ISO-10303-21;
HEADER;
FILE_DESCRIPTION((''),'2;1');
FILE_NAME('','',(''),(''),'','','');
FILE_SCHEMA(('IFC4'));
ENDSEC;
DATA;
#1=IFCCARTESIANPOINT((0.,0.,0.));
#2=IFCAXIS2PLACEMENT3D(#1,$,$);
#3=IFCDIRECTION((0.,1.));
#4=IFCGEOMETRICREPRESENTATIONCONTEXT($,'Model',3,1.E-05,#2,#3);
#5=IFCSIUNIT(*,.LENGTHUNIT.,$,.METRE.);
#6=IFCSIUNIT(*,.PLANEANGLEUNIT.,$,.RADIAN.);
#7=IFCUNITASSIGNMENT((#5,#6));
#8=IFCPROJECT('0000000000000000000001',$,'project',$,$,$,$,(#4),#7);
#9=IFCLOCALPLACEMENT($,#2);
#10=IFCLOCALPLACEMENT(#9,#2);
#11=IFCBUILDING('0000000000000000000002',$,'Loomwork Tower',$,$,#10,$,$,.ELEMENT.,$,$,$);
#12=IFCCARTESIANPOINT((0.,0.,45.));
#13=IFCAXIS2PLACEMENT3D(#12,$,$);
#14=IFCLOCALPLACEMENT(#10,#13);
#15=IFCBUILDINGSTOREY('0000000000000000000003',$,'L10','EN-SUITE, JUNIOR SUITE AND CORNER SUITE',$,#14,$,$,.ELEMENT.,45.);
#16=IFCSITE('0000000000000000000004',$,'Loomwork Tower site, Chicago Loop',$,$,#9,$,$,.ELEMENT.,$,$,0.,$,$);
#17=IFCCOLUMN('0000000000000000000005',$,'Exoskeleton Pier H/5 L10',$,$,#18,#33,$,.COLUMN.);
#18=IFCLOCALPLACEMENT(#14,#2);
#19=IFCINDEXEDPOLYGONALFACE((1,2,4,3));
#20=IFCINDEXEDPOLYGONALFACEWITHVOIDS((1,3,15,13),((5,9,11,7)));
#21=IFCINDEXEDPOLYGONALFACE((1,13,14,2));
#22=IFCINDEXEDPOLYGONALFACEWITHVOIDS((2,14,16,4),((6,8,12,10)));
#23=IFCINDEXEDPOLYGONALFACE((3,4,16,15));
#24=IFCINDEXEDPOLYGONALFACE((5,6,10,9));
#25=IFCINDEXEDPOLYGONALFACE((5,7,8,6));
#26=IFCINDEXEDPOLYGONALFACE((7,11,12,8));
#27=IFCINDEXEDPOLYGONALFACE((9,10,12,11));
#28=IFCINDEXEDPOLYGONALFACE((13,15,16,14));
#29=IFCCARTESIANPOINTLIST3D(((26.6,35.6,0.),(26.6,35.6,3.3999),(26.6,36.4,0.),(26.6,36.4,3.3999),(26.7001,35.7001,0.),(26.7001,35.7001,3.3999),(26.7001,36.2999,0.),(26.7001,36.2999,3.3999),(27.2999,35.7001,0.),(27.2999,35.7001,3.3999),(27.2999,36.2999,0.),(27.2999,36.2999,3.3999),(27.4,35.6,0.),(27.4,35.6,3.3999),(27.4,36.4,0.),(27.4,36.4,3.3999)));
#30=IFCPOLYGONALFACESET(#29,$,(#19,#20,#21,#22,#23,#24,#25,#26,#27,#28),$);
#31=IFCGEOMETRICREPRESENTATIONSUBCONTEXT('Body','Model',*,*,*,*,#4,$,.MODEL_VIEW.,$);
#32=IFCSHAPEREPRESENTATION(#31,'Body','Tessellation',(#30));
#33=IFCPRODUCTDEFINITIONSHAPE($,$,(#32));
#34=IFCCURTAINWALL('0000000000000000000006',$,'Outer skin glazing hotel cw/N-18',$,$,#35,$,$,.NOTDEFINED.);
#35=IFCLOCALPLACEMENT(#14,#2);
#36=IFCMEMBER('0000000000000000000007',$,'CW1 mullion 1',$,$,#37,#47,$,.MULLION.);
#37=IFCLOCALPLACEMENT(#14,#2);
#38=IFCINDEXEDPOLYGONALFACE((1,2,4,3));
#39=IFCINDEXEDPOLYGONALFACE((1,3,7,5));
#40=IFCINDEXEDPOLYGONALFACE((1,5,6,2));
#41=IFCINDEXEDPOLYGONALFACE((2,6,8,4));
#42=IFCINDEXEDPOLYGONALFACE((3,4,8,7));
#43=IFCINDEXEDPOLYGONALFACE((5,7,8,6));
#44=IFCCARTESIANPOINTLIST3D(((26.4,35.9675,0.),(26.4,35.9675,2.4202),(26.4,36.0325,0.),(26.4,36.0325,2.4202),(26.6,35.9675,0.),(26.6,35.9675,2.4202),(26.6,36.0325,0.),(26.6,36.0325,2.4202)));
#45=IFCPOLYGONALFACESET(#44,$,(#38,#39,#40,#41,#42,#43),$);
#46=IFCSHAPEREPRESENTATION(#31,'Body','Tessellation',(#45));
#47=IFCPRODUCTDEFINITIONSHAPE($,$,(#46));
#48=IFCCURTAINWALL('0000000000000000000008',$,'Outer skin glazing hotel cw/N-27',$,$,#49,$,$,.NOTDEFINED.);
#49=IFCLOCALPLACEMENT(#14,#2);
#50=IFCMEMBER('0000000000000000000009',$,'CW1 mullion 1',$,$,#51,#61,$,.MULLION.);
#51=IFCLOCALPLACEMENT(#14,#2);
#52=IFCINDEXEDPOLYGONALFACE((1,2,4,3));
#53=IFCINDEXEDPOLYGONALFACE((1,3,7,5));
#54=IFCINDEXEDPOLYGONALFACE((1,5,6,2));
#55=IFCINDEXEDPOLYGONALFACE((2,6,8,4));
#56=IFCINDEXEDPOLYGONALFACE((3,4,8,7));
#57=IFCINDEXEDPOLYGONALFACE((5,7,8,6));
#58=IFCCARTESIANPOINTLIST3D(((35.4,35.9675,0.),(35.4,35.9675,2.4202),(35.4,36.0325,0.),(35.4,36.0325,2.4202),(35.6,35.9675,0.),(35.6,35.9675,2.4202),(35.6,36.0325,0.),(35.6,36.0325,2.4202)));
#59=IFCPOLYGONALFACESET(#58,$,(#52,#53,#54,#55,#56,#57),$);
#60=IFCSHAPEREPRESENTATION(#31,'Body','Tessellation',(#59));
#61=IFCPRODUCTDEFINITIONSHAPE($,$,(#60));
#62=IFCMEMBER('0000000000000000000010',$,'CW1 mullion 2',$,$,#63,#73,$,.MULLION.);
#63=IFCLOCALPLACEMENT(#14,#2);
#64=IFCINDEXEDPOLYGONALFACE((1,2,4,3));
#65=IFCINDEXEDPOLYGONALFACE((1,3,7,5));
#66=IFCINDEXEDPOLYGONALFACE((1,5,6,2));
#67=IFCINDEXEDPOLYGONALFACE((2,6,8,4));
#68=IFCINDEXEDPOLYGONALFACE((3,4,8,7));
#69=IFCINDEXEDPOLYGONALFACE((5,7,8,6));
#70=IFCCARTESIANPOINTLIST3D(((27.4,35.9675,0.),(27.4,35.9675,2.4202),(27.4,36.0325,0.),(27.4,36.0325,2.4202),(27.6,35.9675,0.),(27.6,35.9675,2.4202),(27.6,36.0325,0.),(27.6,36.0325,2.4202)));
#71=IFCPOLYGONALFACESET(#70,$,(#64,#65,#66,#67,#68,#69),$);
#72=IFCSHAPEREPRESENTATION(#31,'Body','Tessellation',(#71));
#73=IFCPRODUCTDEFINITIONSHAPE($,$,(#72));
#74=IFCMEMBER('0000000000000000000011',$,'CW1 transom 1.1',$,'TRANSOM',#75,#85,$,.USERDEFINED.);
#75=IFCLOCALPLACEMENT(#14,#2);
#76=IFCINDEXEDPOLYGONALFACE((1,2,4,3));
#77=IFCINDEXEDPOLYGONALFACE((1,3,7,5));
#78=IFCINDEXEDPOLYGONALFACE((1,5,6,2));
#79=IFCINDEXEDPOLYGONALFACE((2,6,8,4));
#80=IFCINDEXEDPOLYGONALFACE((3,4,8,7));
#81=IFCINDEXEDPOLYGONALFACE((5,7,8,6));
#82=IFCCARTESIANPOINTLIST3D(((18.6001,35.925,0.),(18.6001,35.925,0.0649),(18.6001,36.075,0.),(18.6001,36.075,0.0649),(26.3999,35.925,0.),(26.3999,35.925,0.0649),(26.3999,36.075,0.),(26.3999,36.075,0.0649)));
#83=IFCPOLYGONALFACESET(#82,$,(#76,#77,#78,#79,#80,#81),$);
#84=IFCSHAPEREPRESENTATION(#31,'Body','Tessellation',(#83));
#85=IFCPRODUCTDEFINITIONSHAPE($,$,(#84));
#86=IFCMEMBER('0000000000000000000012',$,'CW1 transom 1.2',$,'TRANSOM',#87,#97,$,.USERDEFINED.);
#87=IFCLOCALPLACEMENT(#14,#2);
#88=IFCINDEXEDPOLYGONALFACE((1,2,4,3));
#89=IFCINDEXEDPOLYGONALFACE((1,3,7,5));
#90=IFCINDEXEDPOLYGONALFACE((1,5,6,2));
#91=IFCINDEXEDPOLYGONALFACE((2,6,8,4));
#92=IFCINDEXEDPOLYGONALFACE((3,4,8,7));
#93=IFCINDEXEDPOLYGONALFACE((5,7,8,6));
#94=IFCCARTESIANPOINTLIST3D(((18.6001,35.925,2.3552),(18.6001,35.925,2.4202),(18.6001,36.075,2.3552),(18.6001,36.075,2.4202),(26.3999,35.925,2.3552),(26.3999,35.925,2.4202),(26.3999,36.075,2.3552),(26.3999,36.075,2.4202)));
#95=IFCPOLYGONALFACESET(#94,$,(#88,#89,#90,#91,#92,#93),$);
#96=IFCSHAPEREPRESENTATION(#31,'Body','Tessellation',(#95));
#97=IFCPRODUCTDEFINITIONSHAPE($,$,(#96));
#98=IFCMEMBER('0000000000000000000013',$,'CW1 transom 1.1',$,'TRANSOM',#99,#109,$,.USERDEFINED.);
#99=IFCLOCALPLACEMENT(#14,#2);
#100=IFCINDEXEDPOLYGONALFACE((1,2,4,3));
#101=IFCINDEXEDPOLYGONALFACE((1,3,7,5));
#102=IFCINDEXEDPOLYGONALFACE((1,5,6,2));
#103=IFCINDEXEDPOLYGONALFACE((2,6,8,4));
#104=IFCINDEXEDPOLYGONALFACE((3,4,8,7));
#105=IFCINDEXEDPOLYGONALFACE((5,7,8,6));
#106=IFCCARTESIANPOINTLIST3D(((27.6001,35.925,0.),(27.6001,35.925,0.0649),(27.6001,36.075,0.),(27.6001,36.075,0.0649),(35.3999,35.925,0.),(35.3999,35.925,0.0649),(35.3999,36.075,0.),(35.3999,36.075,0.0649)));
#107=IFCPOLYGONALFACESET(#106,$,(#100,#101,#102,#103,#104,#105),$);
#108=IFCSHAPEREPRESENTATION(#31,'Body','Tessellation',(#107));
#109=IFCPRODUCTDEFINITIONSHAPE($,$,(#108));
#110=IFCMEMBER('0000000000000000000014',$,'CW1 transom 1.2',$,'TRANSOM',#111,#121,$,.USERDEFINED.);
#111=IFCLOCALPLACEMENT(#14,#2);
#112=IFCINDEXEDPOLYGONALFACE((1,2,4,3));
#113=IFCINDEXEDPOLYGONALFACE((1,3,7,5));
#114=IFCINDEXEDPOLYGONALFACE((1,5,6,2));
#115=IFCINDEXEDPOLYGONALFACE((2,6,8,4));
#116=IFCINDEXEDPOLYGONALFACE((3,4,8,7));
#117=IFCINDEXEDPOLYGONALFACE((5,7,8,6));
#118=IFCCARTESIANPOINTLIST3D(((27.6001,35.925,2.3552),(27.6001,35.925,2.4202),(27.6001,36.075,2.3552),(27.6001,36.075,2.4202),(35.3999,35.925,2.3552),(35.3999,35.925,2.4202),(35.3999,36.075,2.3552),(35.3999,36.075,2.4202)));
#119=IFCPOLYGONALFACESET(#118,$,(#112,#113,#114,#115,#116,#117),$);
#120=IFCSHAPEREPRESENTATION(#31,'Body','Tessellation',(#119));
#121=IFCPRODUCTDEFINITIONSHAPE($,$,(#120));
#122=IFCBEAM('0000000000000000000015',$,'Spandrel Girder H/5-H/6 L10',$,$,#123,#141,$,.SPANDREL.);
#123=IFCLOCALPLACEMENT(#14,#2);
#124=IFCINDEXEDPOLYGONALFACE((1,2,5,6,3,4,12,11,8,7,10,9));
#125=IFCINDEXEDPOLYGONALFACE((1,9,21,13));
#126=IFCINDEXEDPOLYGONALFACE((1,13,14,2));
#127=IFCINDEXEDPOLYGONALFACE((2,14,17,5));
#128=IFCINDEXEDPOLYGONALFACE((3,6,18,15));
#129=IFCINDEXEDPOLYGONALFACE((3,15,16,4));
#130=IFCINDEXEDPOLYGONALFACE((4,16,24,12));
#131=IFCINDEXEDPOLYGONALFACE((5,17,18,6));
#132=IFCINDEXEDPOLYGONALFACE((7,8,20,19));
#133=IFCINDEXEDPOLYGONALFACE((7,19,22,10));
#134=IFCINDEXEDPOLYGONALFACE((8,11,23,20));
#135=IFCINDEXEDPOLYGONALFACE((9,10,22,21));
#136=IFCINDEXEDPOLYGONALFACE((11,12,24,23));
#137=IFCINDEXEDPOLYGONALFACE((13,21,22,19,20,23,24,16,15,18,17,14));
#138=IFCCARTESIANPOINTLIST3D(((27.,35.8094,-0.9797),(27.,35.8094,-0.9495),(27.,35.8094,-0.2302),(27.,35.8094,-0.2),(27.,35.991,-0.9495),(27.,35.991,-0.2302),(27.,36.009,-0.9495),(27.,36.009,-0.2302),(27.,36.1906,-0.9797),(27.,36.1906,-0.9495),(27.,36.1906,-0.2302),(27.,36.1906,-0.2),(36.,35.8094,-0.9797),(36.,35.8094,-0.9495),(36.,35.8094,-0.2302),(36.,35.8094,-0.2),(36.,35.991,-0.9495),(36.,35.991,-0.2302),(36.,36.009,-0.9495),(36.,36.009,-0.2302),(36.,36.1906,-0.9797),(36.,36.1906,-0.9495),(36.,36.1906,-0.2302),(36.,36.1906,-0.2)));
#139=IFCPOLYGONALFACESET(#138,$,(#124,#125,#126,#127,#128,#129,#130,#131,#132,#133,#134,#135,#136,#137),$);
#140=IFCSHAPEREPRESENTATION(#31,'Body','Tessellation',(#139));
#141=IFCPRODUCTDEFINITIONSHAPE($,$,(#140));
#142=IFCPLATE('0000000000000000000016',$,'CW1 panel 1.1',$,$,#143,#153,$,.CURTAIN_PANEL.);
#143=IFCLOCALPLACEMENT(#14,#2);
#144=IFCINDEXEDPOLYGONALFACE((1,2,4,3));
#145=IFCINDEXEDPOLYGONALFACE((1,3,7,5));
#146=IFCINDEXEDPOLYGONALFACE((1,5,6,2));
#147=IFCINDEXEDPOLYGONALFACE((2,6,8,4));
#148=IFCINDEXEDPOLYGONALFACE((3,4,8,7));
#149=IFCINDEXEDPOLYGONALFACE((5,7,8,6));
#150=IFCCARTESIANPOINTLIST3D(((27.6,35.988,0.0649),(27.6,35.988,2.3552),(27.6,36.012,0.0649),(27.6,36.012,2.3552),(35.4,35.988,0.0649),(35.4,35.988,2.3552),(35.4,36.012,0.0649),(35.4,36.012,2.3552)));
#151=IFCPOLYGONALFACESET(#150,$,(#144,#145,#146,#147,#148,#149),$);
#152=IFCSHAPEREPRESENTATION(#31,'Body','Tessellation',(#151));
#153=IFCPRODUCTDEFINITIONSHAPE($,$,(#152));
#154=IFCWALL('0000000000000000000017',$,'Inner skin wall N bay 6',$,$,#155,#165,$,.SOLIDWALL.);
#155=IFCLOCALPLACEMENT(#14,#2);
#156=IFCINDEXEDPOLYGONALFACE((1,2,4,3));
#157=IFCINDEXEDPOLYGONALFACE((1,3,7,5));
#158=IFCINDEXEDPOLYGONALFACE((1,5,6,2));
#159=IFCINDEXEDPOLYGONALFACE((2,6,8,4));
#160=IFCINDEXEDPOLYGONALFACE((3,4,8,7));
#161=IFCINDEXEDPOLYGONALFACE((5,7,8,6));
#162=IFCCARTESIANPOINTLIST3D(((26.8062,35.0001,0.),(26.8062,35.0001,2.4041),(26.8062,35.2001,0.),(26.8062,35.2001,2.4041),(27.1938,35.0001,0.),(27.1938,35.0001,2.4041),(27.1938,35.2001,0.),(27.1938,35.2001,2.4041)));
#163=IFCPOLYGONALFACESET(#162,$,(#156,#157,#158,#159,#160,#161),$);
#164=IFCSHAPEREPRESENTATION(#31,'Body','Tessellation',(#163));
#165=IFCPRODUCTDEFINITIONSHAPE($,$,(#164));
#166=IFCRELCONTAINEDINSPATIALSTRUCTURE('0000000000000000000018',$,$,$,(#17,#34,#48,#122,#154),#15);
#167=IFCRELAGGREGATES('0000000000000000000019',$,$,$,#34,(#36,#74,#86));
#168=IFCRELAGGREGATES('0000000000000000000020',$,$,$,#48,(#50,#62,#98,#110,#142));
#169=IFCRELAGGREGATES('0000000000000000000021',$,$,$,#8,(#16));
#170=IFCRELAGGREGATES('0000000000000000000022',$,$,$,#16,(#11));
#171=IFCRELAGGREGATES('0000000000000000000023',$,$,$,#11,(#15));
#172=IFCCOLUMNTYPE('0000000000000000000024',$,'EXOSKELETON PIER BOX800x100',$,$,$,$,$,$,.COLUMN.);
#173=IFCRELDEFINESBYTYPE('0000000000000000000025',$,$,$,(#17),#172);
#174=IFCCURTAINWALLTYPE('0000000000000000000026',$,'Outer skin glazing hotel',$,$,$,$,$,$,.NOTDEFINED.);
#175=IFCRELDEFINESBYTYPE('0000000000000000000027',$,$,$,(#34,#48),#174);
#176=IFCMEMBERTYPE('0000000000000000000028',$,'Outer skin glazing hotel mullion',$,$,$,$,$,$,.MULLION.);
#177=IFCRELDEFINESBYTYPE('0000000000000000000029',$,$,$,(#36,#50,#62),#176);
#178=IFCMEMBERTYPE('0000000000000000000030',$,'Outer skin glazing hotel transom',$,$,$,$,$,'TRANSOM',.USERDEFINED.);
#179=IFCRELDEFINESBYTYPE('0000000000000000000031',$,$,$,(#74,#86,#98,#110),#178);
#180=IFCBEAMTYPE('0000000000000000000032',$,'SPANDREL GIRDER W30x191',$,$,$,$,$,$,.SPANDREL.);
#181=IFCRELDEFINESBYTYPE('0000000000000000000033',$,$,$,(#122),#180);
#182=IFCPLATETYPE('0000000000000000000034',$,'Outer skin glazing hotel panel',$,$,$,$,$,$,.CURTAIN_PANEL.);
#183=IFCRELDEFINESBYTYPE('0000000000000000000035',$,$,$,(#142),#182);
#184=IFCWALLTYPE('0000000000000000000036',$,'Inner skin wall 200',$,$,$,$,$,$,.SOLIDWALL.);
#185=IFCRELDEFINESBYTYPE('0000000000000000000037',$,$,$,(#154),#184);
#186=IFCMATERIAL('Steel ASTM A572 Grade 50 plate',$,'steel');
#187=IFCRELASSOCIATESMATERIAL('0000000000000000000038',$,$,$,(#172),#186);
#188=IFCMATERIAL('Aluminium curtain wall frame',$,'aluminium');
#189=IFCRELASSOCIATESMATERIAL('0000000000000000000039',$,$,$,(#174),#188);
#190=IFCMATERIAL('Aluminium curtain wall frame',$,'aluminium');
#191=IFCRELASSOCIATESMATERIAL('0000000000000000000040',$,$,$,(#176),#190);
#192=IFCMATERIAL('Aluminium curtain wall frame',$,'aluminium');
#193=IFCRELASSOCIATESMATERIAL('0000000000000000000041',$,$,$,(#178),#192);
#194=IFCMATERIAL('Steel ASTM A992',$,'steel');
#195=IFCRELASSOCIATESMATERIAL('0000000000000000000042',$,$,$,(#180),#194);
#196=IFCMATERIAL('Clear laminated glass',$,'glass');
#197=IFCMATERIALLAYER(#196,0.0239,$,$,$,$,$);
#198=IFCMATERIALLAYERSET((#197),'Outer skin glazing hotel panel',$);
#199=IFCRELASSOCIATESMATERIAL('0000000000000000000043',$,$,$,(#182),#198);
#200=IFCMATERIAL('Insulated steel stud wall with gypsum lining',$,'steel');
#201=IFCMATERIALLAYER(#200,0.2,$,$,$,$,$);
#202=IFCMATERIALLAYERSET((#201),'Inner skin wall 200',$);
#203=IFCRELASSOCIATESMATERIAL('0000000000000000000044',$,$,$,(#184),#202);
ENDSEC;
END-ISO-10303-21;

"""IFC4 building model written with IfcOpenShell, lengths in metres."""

from ifc_helpers import new_model, si_unit, direction, frame, frame_2d, origin, origin_2d, place, context, subcontext, project, spatial, rectangle, hollow_rectangle, i_section, extrude, material, layer, layer_set, material_profile, profile_set, type_object, element, aggregate, save


model = new_model("IFC4")

# Units and contexts
model_context = context("Model", 3, precision=1e-05, world=origin(), true_north=direction((0.0, 1.0)))
body_context = subcontext(model_context, "Body", "Model", "MODEL_VIEW")
ifc_project = project(units=[si_unit("LENGTHUNIT", "METRE"), si_unit("PLANEANGLEUNIT", "RADIAN")], contexts=[model_context])

# Site, building, storey
site_placement = place(None, origin())
site = spatial("IfcSite", under=ifc_project, at=site_placement, Name="Loomwork Tower site, Chicago Loop", CompositionType="ELEMENT", RefElevation=0.0)
building_placement = place(site_placement, origin())
building = spatial("IfcBuilding", under=site, at=building_placement, Name="Loomwork Tower", CompositionType="ELEMENT")
storey_placement = place(building_placement, frame((0.0, 0.0, 45.0)))
storey = spatial("IfcBuildingStorey", under=building, at=storey_placement, Name="L10", Description="EN-SUITE, JUNIOR SUITE AND CORNER SUITE", CompositionType="ELEMENT", Elevation=45.0)

# Column
ifc_material_1 = material(Name="Steel ASTM A572 Grade 50 plate", Category="steel")
ifc_material_profile_1 = material_profile(ifc_material_1, hollow_rectangle(XDim=0.8, YDim=0.8, WallThickness=0.1001, at=origin_2d()), Name="BOX800x100")
ifc_profile_set_1 = profile_set([ifc_material_profile_1], Name="Steel ASTM A572 Grade 50 plate")
column_type = type_object("IfcColumnType", Name="EXOSKELETON PIER BOX800x100", PredefinedType="COLUMN", material=ifc_profile_set_1)
column_placement = place(storey_placement, frame((27.0, 36.0, 0.0), z_axis=(0.0, 0.0, 1.0), x_axis=(1.0, 0.0, 0.0)))
element("IfcColumn", 1, at=column_placement, inside=storey, type_object=column_type, Name="Exoskeleton Pier H/5 L10", PredefinedType="COLUMN", context=body_context, shape_type="SweptSolid", body=[
    extrude(hollow_rectangle(XDim=0.8, YDim=0.8, WallThickness=0.1001, at=origin_2d()), origin(), (0.0, 0.0, 1.0), 3.3999),
])

# Curtain wall, member
ifc_material_2 = material(Name="Aluminium curtain wall frame", Category="aluminium")
curtain_wall_type = type_object("IfcCurtainWallType", Name="Outer skin glazing hotel", PredefinedType="NOTDEFINED", material=ifc_material_2)
curtain_wall_1_placement = place(storey_placement, origin())
curtain_wall_1 = element("IfcCurtainWall", 2, at=curtain_wall_1_placement, inside=storey, type_object=curtain_wall_type, Name="Outer skin glazing hotel cw/N-18", PredefinedType="NOTDEFINED")
ifc_material_3 = material(Name="Aluminium curtain wall frame", Category="aluminium")
ifc_material_profile_2 = material_profile(ifc_material_3, rectangle(XDim=0.0649, YDim=0.2, at=origin_2d()), Name="AL 65x200")
ifc_profile_set_2 = profile_set([ifc_material_profile_2], Name="Aluminium curtain wall frame")
member_type_1 = type_object("IfcMemberType", Name="Outer skin glazing hotel mullion", PredefinedType="MULLION", material=ifc_profile_set_2)
member_1_placement = place(storey_placement, frame((26.5, 36.0, 0.0), z_axis=(0.0, 0.0, 1.0), x_axis=(0.0, -1.0, 0.0)))
member_1 = element("IfcMember", 3, at=member_1_placement, type_object=member_type_1, Name="CW1 mullion 1", PredefinedType="MULLION", context=body_context, shape_type="SweptSolid", body=[
    extrude(rectangle(XDim=0.0649, YDim=0.2, at=origin_2d()), origin(), (0.0, 0.0, 1.0), 2.4202),
])

# Curtain wall, members
curtain_wall_2_placement = place(storey_placement, origin())
curtain_wall_2 = element("IfcCurtainWall", 4, at=curtain_wall_2_placement, inside=storey, type_object=curtain_wall_type, Name="Outer skin glazing hotel cw/N-27", PredefinedType="NOTDEFINED")
member_2_placement = place(storey_placement, frame((35.5, 36.0, 0.0), z_axis=(0.0, 0.0, 1.0), x_axis=(0.0, -1.0, 0.0)))
member_2 = element("IfcMember", 5, at=member_2_placement, type_object=member_type_1, Name="CW1 mullion 1", PredefinedType="MULLION", context=body_context, shape_type="SweptSolid", body=[
    extrude(rectangle(XDim=0.0649, YDim=0.2, at=origin_2d()), origin(), (0.0, 0.0, 1.0), 2.4202),
])
member_3_placement = place(storey_placement, frame((27.5, 36.0, 0.0), z_axis=(0.0, 0.0, 1.0), x_axis=(0.0, -1.0, 0.0)))
member_3 = element("IfcMember", 6, at=member_3_placement, type_object=member_type_1, Name="CW1 mullion 2", PredefinedType="MULLION", context=body_context, shape_type="SweptSolid", body=[
    extrude(rectangle(XDim=0.0649, YDim=0.2, at=origin_2d()), origin(), (0.0, 0.0, 1.0), 2.4202),
])

# Members
ifc_material_4 = material(Name="Aluminium curtain wall frame", Category="aluminium")
ifc_material_profile_3 = material_profile(ifc_material_4, rectangle(XDim=0.1499, YDim=0.0649, at=origin_2d()), Name="AL 65x150")
ifc_profile_set_3 = profile_set([ifc_material_profile_3], Name="Aluminium curtain wall frame")
member_type_2 = type_object("IfcMemberType", Name="Outer skin glazing hotel transom", ElementType="TRANSOM", PredefinedType="USERDEFINED", material=ifc_profile_set_3)
member_4_placement = place(storey_placement, frame((26.3999, 36.0, 0.0325), z_axis=(-1.0, 0.0, 0.0), x_axis=(0.0, -1.0, 0.0)))
member_4 = element("IfcMember", 7, at=member_4_placement, type_object=member_type_2, Name="CW1 transom 1.1", ObjectType="TRANSOM", PredefinedType="USERDEFINED", context=body_context, shape_type="SweptSolid", body=[
    extrude(rectangle(XDim=0.1499, YDim=0.0649, at=origin_2d()), origin(), (0.0, 0.0, 1.0), 7.7998),
])
member_5_placement = place(storey_placement, frame((26.3999, 36.0, 2.3877), z_axis=(-1.0, 0.0, 0.0), x_axis=(0.0, -1.0, 0.0)))
member_5 = element("IfcMember", 8, at=member_5_placement, type_object=member_type_2, Name="CW1 transom 1.2", ObjectType="TRANSOM", PredefinedType="USERDEFINED", context=body_context, shape_type="SweptSolid", body=[
    extrude(rectangle(XDim=0.1499, YDim=0.0649, at=origin_2d()), origin(), (0.0, 0.0, 1.0), 7.7998),
])
aggregate(curtain_wall_1, [member_1, member_4, member_5])
member_6_placement = place(storey_placement, frame((35.3999, 36.0, 0.0325), z_axis=(-1.0, 0.0, 0.0), x_axis=(0.0, -1.0, 0.0)))
member_6 = element("IfcMember", 9, at=member_6_placement, type_object=member_type_2, Name="CW1 transom 1.1", ObjectType="TRANSOM", PredefinedType="USERDEFINED", context=body_context, shape_type="SweptSolid", body=[
    extrude(rectangle(XDim=0.1499, YDim=0.0649, at=origin_2d()), origin(), (0.0, 0.0, 1.0), 7.7998),
])
member_7_placement = place(storey_placement, frame((35.3999, 36.0, 2.3877), z_axis=(-1.0, 0.0, 0.0), x_axis=(0.0, -1.0, 0.0)))
member_7 = element("IfcMember", 10, at=member_7_placement, type_object=member_type_2, Name="CW1 transom 1.2", ObjectType="TRANSOM", PredefinedType="USERDEFINED", context=body_context, shape_type="SweptSolid", body=[
    extrude(rectangle(XDim=0.1499, YDim=0.0649, at=origin_2d()), origin(), (0.0, 0.0, 1.0), 7.7998),
])

# Beam
ifc_material_5 = material(Name="Steel ASTM A992", Category="steel")
ifc_material_profile_4 = material_profile(ifc_material_5, i_section(OverallWidth=0.3811, OverallDepth=0.7798, WebThickness=0.0181, FlangeThickness=0.0303, at=origin_2d()), Name="W30x191")
ifc_profile_set_4 = profile_set([ifc_material_profile_4], Name="Steel ASTM A992")
beam_type = type_object("IfcBeamType", Name="SPANDREL GIRDER W30x191", PredefinedType="SPANDREL", material=ifc_profile_set_4)
beam_placement = place(storey_placement, frame((27.0, 36.0, -0.5898), z_axis=(1.0, 0.0, 0.0), x_axis=(0.0, 1.0, 0.0)))
element("IfcBeam", 11, at=beam_placement, inside=storey, type_object=beam_type, Name="Spandrel Girder H/5-H/6 L10", PredefinedType="SPANDREL", context=body_context, shape_type="SweptSolid", body=[
    extrude(i_section(OverallWidth=0.3811, OverallDepth=0.7798, WebThickness=0.0181, FlangeThickness=0.0303, at=origin_2d()), origin(), (0.0, 0.0, 1.0), 9.0),
])

# Plate
ifc_material_6 = material(Name="Clear laminated glass", Category="glass")
ifc_layer_1 = layer(ifc_material_6, 0.0239)
ifc_layer_set_1 = layer_set([ifc_layer_1], Name="Outer skin glazing hotel panel")
plate_type = type_object("IfcPlateType", Name="Outer skin glazing hotel panel", PredefinedType="CURTAIN_PANEL", material=ifc_layer_set_1)
plate_placement = place(storey_placement, frame((31.5, 36.0, 0.0649), z_axis=(0.0, 0.0, 1.0), x_axis=(-1.0, 0.0, 0.0)))
plate = element("IfcPlate", 12, at=plate_placement, type_object=plate_type, Name="CW1 panel 1.1", PredefinedType="CURTAIN_PANEL", context=body_context, shape_type="SweptSolid", body=[
    extrude(rectangle(XDim=7.8, YDim=0.0239, at=origin_2d()), origin(), (0.0, 0.0, 1.0), 2.2903),
])
aggregate(curtain_wall_2, [member_2, member_3, member_6, member_7, plate])

# Wall
ifc_material_7 = material(Name="Insulated steel stud wall with gypsum lining", Category="steel")
ifc_layer_2 = layer(ifc_material_7, 0.2)
ifc_layer_set_2 = layer_set([ifc_layer_2], Name="Inner skin wall 200")
wall_type = type_object("IfcWallType", Name="Inner skin wall 200", PredefinedType="SOLIDWALL", material=ifc_layer_set_2)
wall_1_placement = place(storey_placement, frame((26.8062, 35.1001, 0.0), z_axis=(0.0, 0.0, 1.0), x_axis=(1.0, 0.0, 0.0)))
element("IfcWall", 13, at=wall_1_placement, inside=storey, type_object=wall_type, Name="Inner skin wall N bay 6", PredefinedType="SOLIDWALL", context=body_context, shape_type="SweptSolid", body=[
    extrude(rectangle(XDim=0.3877, YDim=0.2, at=frame_2d((0.1938, 0.0))), origin(), (0.0, 0.0, 1.0), 2.4041),
])

save(model, "model.ifc")
